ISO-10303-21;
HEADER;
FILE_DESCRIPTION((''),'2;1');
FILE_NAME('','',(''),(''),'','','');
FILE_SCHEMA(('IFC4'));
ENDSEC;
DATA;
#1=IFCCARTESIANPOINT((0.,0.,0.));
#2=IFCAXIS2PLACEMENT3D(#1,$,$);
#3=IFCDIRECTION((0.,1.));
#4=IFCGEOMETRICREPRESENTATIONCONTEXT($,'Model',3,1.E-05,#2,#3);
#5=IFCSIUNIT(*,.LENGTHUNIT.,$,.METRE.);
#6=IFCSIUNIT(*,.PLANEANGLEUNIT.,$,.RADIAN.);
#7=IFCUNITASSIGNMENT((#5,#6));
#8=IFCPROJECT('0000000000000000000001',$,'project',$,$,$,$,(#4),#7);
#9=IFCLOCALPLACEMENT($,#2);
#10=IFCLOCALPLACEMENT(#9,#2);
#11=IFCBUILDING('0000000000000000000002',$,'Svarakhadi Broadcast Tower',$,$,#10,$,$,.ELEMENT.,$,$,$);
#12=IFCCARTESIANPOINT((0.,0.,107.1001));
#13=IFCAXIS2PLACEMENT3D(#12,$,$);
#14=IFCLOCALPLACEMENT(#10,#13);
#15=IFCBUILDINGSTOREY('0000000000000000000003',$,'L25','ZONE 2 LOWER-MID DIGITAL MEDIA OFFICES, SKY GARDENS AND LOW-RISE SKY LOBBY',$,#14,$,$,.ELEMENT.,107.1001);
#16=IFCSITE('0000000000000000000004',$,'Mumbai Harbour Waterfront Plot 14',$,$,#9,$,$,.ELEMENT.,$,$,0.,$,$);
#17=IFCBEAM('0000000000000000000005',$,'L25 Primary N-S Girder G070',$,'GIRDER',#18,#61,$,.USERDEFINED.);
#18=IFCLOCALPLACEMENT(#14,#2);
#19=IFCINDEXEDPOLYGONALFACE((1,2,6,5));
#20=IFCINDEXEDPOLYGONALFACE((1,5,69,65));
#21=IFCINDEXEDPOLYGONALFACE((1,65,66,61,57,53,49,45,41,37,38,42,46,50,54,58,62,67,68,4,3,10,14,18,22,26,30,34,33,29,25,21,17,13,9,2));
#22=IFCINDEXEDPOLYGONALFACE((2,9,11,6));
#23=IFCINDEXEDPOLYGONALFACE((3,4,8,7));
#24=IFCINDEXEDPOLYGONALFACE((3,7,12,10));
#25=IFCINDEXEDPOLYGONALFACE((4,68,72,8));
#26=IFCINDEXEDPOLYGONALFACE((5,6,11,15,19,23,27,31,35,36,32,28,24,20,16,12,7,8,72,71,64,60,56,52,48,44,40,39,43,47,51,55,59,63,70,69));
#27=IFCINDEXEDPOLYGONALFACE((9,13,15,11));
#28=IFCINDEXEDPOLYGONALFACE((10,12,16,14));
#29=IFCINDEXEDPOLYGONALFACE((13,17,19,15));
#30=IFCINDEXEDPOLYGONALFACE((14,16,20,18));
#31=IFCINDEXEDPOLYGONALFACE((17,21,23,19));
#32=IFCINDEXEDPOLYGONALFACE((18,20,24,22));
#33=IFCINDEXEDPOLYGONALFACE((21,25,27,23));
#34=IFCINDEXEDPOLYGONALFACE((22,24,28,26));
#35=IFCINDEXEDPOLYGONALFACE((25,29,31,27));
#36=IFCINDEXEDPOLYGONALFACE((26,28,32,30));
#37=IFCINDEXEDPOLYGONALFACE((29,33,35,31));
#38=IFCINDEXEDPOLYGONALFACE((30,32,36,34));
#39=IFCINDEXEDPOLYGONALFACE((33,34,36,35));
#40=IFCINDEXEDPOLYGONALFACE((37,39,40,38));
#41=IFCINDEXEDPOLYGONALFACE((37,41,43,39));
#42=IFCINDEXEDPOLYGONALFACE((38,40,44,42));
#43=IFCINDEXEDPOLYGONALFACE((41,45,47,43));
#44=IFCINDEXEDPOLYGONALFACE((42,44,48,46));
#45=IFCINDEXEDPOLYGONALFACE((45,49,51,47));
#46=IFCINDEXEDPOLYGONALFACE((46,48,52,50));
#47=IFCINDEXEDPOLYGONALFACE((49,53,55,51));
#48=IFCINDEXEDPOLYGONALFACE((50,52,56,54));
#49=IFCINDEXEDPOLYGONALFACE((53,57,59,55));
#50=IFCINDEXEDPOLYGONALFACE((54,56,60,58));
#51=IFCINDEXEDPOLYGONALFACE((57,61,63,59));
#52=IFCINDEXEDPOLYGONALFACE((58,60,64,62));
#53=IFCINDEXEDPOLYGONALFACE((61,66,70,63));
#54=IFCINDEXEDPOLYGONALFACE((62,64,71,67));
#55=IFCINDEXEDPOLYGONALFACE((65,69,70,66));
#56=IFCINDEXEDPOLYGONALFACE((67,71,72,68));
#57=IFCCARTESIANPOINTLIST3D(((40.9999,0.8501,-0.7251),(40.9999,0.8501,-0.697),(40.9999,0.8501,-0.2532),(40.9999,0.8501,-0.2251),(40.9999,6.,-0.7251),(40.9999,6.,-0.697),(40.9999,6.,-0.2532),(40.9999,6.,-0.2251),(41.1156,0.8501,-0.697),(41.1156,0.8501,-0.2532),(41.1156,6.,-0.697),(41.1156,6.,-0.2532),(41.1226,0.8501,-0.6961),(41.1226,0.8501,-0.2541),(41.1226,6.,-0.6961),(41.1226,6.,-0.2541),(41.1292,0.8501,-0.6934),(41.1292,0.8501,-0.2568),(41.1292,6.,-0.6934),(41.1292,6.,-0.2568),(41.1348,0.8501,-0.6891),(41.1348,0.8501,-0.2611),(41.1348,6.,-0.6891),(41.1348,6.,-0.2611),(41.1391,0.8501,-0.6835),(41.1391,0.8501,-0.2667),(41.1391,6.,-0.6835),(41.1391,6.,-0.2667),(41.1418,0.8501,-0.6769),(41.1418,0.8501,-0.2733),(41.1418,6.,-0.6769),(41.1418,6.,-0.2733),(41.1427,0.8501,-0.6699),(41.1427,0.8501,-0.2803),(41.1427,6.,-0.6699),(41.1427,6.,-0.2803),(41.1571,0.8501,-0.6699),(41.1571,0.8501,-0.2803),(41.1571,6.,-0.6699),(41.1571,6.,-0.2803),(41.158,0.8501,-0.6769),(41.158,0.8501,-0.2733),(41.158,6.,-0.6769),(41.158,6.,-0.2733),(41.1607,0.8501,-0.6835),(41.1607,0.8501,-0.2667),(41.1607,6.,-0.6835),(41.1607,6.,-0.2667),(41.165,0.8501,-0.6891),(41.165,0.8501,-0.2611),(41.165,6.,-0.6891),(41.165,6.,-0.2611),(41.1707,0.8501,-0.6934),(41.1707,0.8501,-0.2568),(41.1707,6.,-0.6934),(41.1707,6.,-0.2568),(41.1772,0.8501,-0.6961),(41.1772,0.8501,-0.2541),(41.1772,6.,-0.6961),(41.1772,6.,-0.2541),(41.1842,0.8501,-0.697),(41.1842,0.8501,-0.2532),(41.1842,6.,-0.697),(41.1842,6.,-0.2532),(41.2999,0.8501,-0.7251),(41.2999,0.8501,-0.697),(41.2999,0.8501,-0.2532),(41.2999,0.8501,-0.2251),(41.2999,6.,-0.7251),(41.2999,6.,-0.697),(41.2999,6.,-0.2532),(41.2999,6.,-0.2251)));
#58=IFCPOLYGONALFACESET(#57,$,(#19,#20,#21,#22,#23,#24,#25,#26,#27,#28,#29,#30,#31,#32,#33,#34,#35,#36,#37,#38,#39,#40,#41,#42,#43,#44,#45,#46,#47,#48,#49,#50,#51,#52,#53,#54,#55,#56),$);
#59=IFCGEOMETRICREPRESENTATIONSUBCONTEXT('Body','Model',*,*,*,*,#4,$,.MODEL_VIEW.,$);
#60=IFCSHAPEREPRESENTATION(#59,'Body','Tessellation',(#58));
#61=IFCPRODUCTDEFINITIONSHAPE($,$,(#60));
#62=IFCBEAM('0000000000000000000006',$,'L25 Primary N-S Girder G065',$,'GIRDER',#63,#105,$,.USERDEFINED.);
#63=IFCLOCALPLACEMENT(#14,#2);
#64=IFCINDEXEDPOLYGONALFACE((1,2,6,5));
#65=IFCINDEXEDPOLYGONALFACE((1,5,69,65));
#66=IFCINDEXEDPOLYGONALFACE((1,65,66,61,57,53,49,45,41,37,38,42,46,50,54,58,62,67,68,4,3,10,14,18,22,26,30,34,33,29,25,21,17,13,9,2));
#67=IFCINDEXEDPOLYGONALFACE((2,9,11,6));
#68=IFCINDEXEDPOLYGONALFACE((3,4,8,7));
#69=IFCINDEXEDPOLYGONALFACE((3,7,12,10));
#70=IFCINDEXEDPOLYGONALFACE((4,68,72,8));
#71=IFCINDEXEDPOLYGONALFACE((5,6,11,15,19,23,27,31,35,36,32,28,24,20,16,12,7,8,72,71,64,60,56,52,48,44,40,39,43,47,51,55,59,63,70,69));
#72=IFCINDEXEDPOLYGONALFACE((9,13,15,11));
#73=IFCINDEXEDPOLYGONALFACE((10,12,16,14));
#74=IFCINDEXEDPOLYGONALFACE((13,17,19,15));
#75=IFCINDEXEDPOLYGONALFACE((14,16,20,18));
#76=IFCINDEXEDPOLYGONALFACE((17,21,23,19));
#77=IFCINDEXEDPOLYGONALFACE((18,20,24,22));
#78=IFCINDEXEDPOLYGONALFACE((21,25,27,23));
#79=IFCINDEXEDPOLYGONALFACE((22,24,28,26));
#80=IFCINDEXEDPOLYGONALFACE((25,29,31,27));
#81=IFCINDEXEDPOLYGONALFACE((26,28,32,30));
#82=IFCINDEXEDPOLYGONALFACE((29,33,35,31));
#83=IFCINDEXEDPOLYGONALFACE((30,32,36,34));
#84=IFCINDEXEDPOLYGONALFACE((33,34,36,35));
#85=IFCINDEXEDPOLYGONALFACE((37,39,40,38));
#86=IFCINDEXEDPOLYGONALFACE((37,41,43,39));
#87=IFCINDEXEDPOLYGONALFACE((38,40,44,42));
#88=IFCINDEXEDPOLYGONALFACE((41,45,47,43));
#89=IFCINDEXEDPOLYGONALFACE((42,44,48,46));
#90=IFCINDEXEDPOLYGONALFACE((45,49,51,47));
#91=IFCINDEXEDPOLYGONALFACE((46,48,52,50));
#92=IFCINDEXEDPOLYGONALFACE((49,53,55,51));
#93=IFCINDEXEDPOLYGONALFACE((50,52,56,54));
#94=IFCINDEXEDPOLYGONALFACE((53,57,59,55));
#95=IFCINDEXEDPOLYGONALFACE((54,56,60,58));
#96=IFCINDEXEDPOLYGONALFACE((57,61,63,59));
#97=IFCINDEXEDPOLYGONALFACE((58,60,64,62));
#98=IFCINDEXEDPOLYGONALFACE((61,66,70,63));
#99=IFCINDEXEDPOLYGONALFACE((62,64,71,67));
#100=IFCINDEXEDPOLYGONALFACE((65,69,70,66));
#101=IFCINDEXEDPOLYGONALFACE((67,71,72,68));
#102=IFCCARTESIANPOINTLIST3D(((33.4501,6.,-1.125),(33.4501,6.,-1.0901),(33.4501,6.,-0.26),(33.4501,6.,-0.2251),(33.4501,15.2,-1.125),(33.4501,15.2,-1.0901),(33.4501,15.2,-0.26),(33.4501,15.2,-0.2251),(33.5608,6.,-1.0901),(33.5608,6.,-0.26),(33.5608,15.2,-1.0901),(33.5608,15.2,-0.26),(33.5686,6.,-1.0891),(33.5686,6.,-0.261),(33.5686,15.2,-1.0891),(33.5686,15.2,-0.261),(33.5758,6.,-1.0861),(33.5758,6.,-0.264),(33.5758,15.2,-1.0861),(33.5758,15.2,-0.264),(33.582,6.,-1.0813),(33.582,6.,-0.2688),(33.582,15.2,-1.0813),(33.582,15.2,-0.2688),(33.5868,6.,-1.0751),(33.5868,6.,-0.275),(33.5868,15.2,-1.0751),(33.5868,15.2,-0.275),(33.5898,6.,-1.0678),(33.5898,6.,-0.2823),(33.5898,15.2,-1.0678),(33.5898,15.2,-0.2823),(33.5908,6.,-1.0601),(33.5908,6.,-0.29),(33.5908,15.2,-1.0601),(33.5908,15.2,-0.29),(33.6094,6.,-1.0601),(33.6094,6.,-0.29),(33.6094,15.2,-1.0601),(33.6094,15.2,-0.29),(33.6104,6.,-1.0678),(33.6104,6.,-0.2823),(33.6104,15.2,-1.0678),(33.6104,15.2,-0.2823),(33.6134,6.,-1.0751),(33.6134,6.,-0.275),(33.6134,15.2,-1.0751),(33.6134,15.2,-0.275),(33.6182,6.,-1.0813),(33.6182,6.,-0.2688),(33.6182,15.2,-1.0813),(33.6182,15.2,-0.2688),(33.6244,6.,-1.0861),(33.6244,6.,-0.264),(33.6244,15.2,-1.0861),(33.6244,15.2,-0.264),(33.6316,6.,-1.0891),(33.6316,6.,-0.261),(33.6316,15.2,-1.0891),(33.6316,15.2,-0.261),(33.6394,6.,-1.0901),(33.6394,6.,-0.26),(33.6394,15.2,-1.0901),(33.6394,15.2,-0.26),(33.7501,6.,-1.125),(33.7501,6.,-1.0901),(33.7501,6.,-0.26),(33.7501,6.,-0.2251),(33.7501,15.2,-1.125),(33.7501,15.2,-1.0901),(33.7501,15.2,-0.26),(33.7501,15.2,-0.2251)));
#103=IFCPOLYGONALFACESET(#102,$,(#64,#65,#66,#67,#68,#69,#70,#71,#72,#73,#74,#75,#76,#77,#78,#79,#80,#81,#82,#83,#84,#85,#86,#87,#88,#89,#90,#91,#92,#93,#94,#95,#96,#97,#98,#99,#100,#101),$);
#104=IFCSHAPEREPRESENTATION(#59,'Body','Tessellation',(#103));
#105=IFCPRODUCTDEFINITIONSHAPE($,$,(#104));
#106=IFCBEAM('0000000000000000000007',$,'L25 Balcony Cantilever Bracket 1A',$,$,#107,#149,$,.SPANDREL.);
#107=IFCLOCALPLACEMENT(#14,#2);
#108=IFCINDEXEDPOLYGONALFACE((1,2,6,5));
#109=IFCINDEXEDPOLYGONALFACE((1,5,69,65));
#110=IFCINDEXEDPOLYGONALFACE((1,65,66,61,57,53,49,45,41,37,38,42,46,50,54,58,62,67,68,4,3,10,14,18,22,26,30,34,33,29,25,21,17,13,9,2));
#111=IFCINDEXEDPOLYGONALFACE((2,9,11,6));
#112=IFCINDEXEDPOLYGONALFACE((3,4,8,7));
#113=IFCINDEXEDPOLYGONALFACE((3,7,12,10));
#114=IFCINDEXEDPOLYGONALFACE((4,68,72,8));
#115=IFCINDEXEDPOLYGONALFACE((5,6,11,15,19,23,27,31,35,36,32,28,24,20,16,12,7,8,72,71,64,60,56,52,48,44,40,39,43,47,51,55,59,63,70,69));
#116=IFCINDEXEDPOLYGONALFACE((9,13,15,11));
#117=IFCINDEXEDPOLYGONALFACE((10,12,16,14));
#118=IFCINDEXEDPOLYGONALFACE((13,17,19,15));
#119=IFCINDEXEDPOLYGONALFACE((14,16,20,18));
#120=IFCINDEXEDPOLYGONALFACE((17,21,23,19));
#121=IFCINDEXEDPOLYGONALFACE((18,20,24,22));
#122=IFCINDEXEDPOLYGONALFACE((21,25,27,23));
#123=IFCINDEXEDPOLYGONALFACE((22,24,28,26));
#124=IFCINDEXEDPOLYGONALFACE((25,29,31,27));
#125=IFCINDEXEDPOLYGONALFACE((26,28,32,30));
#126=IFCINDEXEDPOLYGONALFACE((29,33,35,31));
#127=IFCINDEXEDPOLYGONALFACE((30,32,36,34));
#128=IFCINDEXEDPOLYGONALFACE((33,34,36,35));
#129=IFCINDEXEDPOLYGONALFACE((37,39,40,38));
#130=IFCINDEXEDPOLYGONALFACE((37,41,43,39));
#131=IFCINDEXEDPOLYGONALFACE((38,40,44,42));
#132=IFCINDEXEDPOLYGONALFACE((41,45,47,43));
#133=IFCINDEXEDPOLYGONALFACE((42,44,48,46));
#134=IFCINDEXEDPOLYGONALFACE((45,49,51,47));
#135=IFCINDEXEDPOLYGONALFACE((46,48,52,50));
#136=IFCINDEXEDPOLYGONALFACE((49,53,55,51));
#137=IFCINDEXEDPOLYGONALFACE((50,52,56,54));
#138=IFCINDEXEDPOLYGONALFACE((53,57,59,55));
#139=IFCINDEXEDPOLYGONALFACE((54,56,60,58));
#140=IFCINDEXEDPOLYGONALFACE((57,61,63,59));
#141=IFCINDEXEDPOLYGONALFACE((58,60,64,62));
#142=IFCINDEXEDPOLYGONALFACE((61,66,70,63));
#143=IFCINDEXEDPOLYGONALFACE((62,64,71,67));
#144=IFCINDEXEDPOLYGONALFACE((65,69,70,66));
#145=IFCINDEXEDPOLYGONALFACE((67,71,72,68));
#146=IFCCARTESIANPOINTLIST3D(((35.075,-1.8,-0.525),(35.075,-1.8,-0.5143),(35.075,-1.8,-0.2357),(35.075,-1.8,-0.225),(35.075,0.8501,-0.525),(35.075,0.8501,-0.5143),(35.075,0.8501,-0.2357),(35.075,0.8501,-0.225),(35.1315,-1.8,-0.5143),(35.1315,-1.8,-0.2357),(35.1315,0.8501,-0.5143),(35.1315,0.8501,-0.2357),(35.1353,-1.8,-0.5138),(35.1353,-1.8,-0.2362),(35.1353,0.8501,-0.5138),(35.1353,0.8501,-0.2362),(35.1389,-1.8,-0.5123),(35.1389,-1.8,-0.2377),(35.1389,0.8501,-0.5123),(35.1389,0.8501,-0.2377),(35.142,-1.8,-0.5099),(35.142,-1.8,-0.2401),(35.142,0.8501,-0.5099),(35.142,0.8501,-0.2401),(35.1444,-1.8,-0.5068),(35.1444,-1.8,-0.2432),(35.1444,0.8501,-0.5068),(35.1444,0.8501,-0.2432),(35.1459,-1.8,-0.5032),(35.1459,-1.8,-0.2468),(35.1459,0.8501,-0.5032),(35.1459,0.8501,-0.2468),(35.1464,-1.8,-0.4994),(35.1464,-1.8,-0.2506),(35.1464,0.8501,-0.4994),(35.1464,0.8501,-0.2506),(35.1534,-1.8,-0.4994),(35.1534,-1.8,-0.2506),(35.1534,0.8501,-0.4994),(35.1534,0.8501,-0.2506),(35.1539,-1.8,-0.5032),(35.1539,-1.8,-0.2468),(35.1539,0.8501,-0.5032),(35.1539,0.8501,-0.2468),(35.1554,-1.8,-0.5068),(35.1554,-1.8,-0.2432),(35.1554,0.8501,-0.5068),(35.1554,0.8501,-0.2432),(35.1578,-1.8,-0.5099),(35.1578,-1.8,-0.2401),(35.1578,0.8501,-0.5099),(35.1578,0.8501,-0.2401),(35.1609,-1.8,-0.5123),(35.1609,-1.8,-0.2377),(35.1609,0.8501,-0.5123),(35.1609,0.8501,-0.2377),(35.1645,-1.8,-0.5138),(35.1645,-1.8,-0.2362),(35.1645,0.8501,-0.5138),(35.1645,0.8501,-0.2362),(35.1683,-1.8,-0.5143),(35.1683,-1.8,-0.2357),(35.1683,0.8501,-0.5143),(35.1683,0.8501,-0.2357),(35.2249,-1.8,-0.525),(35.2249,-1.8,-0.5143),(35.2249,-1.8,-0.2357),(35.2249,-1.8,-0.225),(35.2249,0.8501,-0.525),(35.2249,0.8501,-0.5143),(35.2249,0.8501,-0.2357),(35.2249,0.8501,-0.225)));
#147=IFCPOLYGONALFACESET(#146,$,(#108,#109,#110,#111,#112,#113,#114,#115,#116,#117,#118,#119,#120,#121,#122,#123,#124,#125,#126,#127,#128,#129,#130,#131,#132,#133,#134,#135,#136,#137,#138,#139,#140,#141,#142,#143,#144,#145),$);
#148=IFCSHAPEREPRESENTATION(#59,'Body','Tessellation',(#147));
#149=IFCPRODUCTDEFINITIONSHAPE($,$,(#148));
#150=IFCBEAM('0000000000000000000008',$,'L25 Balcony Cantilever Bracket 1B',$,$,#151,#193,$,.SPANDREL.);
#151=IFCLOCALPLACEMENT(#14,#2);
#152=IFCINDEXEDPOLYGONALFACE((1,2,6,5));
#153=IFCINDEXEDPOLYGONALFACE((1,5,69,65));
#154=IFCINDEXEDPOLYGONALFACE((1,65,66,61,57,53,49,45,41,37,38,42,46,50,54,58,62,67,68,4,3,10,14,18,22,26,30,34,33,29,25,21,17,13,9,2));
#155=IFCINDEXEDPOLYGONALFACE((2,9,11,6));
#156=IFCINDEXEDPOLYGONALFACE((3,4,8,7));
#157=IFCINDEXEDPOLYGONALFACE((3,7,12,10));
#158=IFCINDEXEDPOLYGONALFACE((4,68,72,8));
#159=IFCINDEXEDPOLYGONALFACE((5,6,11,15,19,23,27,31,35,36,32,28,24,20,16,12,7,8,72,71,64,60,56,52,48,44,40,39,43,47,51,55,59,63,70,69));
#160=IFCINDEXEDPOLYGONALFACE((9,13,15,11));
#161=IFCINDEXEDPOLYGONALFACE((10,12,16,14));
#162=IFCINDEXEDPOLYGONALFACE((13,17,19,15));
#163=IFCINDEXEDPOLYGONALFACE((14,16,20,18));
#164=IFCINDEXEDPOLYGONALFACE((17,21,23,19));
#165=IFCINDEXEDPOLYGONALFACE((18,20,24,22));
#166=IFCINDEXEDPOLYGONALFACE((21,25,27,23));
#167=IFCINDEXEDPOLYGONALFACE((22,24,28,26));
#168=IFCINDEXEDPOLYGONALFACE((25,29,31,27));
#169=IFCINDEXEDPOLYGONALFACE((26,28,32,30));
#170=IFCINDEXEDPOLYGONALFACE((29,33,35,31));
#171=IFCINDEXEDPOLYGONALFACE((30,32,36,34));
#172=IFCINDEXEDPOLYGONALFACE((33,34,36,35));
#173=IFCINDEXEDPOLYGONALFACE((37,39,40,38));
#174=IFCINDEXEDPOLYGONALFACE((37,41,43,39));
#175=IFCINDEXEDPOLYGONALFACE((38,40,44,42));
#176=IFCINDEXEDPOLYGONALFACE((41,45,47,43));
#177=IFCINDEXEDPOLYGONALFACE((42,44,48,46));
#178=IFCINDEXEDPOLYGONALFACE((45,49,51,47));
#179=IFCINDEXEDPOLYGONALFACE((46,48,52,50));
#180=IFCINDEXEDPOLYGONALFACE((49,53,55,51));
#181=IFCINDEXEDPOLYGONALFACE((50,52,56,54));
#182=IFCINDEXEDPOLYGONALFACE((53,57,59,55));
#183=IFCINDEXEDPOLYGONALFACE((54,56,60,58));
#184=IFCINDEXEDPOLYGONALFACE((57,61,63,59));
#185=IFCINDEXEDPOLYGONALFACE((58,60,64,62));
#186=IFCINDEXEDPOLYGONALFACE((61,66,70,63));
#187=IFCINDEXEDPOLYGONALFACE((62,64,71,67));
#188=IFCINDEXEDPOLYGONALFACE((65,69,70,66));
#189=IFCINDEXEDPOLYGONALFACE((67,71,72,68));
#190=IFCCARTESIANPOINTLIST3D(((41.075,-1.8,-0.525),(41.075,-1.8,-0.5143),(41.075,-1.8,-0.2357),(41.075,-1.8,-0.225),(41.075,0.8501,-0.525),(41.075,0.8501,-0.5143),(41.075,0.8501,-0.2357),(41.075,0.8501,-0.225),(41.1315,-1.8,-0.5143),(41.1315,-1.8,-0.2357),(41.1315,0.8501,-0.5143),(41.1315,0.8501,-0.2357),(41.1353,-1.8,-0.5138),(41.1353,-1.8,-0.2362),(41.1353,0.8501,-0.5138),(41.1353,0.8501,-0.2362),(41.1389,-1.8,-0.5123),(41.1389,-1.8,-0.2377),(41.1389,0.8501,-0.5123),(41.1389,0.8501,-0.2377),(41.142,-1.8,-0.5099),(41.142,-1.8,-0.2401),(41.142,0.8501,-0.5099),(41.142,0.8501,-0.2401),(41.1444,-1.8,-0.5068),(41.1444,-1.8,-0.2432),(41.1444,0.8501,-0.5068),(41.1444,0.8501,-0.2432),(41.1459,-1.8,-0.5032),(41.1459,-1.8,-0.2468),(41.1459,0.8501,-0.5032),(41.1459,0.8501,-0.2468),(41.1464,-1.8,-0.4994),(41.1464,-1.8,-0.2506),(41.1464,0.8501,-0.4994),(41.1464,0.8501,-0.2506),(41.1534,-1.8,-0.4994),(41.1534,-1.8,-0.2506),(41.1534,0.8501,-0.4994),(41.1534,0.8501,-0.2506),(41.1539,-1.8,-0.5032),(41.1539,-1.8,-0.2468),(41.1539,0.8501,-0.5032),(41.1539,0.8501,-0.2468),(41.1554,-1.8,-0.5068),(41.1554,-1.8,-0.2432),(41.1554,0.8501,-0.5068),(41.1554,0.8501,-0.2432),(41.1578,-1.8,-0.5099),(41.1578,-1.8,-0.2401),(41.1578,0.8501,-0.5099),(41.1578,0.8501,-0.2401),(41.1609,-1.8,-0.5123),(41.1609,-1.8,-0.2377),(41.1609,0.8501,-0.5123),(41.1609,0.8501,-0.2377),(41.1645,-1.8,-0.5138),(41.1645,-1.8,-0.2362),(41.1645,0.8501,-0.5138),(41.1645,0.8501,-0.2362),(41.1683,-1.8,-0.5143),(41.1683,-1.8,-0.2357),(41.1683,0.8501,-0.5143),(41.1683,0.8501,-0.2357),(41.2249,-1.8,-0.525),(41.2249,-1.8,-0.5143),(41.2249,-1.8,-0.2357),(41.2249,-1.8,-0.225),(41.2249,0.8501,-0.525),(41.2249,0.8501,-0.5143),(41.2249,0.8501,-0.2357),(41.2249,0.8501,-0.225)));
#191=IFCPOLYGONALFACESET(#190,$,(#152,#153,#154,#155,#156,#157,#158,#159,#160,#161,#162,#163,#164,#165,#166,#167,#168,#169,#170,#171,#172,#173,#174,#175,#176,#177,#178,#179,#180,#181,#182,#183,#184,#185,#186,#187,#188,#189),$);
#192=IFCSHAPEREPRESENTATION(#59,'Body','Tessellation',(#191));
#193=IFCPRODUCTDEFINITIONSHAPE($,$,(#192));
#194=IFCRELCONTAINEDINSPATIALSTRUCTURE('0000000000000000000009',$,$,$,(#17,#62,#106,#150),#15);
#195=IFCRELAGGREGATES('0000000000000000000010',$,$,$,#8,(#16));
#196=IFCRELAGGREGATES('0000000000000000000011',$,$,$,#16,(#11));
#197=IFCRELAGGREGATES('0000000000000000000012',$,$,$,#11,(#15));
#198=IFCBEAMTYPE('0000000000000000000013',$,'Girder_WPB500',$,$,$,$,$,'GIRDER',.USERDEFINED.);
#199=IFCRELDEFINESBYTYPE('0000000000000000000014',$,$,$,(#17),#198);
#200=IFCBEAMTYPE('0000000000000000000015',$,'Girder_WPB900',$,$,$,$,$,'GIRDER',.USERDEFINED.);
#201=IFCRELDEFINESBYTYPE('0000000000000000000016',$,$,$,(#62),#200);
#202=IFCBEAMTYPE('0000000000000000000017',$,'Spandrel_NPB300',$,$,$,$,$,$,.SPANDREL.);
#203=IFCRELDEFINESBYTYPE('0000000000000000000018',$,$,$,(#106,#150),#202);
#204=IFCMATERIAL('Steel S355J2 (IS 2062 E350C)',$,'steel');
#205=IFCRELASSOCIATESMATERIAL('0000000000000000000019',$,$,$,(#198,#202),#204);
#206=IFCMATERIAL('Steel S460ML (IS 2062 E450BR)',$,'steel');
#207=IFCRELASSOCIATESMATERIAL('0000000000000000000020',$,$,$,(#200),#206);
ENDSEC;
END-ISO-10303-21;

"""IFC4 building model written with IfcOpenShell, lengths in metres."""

from ifc_helpers import new_model, si_unit, direction, frame, origin, origin_2d, place, context, subcontext, project, spatial, i_section, extrude, material, material_profile, profile_set, type_object, element, save


model = new_model("IFC4")

# Units and contexts
model_context = context("Model", 3, precision=1e-05, world=origin(), true_north=direction((0.0, 1.0)))
body_context = subcontext(model_context, "Body", "Model", "MODEL_VIEW")
ifc_project = project(units=[si_unit("LENGTHUNIT", "METRE"), si_unit("PLANEANGLEUNIT", "RADIAN")], contexts=[model_context])

# Site, building, storey
site_placement = place(None, origin())
site = spatial("IfcSite", under=ifc_project, at=site_placement, Name="Mumbai Harbour Waterfront Plot 14", CompositionType="ELEMENT", RefElevation=0.0)
building_placement = place(site_placement, origin())
building = spatial("IfcBuilding", under=site, at=building_placement, Name="Svarakhadi Broadcast Tower", CompositionType="ELEMENT")
storey_placement = place(building_placement, frame((0.0, 0.0, 107.1001)))
storey = spatial("IfcBuildingStorey", under=building, at=storey_placement, Name="L25", Description="ZONE 2 LOWER-MID DIGITAL MEDIA OFFICES, SKY GARDENS AND LOW-RISE SKY LOBBY", CompositionType="ELEMENT", Elevation=107.1001)

# Shared definitions
ifc_material_1 = material(Name="Steel S460ML (IS 2062 E450BR)", Category="steel")

# Shared definitions
ifc_material_2 = material(Name="Steel S355J2 (IS 2062 E350C)", Category="steel")

# Beams
ifc_material_profile_1 = material_profile(ifc_material_2, i_section(OverallWidth=0.3, OverallDepth=0.5, WebThickness=0.0144, FlangeThickness=0.0281, FilletRadius=0.0271, at=origin_2d()), Name="WPB 500x300x187")
ifc_profile_set_1 = profile_set([ifc_material_profile_1], Name="Steel S355J2 (IS 2062 E350C)")
beam_type_1 = type_object("IfcBeamType", Name="Girder_WPB500", ElementType="GIRDER", PredefinedType="USERDEFINED", material=ifc_profile_set_1)
beam_1_placement = place(storey_placement, frame((41.1499, 0.8501, -0.4751), z_axis=(0.0, 1.0, 0.0), x_axis=(-1.0, 0.0, 0.0)))
element("IfcBeam", 1, at=beam_1_placement, inside=storey, type_object=beam_type_1, Name="L25 Primary N-S Girder G070", ObjectType="GIRDER", PredefinedType="USERDEFINED", context=body_context, shape_type="SweptSolid", body=[
    extrude(i_section(OverallWidth=0.3, OverallDepth=0.5, WebThickness=0.0144, FlangeThickness=0.0281, FilletRadius=0.0271, at=origin_2d()), origin(), (0.0, 0.0, 1.0), 5.1499),
])
ifc_material_profile_2 = material_profile(ifc_material_1, i_section(OverallWidth=0.3, OverallDepth=0.8999, WebThickness=0.0186, FlangeThickness=0.0349, FilletRadius=0.03, at=origin_2d()), Name="WPB 900x300x291")
ifc_profile_set_2 = profile_set([ifc_material_profile_2], Name="Steel S460ML (IS 2062 E450BR)")
beam_type_2 = type_object("IfcBeamType", Name="Girder_WPB900", ElementType="GIRDER", PredefinedType="USERDEFINED", material=ifc_profile_set_2)
beam_2_placement = place(storey_placement, frame((33.6001, 6.0, -0.675), z_axis=(0.0, 1.0, 0.0), x_axis=(-1.0, 0.0, 0.0)))
element("IfcBeam", 2, at=beam_2_placement, inside=storey, type_object=beam_type_2, Name="L25 Primary N-S Girder G065", ObjectType="GIRDER", PredefinedType="USERDEFINED", context=body_context, shape_type="SweptSolid", body=[
    extrude(i_section(OverallWidth=0.3, OverallDepth=0.8999, WebThickness=0.0186, FlangeThickness=0.0349, FilletRadius=0.03, at=origin_2d()), origin(), (0.0, 0.0, 1.0), 9.2),
])
ifc_material_profile_3 = material_profile(ifc_material_2, i_section(OverallWidth=0.1499, OverallDepth=0.3, WebThickness=0.0071, FlangeThickness=0.0107, FilletRadius=0.0149, at=origin_2d()), Name="NPB 300x150x37")
ifc_profile_set_3 = profile_set([ifc_material_profile_3], Name="Steel S355J2 (IS 2062 E350C)")
beam_type_3 = type_object("IfcBeamType", Name="Spandrel_NPB300", PredefinedType="SPANDREL", material=ifc_profile_set_3)
for number, where, z_axis, x_axis, name in (
    (3, (35.1499, 0.8501, -0.375), (0.0, -1.0, 0.0), (1.0, 0.0, 0.0), "L25 Balcony Cantilever Bracket 1A"),
    (4, (41.1499, 0.8501, -0.375), (0.0, -1.0, 0.0), (1.0, 0.0, 0.0), "L25 Balcony Cantilever Bracket 1B"),
):
    element("IfcBeam", number, at=place(storey_placement, frame(where, z_axis=z_axis, x_axis=x_axis)), inside=storey, type_object=beam_type_3, Name=name, PredefinedType="SPANDREL", context=body_context, shape_type="SweptSolid", body=[
        extrude(i_section(OverallWidth=0.1499, OverallDepth=0.3, WebThickness=0.0071, FlangeThickness=0.0107, FilletRadius=0.0149, at=origin_2d()), origin(), (0.0, 0.0, 1.0), 2.6501),
    ])

save(model, "model.ifc")
